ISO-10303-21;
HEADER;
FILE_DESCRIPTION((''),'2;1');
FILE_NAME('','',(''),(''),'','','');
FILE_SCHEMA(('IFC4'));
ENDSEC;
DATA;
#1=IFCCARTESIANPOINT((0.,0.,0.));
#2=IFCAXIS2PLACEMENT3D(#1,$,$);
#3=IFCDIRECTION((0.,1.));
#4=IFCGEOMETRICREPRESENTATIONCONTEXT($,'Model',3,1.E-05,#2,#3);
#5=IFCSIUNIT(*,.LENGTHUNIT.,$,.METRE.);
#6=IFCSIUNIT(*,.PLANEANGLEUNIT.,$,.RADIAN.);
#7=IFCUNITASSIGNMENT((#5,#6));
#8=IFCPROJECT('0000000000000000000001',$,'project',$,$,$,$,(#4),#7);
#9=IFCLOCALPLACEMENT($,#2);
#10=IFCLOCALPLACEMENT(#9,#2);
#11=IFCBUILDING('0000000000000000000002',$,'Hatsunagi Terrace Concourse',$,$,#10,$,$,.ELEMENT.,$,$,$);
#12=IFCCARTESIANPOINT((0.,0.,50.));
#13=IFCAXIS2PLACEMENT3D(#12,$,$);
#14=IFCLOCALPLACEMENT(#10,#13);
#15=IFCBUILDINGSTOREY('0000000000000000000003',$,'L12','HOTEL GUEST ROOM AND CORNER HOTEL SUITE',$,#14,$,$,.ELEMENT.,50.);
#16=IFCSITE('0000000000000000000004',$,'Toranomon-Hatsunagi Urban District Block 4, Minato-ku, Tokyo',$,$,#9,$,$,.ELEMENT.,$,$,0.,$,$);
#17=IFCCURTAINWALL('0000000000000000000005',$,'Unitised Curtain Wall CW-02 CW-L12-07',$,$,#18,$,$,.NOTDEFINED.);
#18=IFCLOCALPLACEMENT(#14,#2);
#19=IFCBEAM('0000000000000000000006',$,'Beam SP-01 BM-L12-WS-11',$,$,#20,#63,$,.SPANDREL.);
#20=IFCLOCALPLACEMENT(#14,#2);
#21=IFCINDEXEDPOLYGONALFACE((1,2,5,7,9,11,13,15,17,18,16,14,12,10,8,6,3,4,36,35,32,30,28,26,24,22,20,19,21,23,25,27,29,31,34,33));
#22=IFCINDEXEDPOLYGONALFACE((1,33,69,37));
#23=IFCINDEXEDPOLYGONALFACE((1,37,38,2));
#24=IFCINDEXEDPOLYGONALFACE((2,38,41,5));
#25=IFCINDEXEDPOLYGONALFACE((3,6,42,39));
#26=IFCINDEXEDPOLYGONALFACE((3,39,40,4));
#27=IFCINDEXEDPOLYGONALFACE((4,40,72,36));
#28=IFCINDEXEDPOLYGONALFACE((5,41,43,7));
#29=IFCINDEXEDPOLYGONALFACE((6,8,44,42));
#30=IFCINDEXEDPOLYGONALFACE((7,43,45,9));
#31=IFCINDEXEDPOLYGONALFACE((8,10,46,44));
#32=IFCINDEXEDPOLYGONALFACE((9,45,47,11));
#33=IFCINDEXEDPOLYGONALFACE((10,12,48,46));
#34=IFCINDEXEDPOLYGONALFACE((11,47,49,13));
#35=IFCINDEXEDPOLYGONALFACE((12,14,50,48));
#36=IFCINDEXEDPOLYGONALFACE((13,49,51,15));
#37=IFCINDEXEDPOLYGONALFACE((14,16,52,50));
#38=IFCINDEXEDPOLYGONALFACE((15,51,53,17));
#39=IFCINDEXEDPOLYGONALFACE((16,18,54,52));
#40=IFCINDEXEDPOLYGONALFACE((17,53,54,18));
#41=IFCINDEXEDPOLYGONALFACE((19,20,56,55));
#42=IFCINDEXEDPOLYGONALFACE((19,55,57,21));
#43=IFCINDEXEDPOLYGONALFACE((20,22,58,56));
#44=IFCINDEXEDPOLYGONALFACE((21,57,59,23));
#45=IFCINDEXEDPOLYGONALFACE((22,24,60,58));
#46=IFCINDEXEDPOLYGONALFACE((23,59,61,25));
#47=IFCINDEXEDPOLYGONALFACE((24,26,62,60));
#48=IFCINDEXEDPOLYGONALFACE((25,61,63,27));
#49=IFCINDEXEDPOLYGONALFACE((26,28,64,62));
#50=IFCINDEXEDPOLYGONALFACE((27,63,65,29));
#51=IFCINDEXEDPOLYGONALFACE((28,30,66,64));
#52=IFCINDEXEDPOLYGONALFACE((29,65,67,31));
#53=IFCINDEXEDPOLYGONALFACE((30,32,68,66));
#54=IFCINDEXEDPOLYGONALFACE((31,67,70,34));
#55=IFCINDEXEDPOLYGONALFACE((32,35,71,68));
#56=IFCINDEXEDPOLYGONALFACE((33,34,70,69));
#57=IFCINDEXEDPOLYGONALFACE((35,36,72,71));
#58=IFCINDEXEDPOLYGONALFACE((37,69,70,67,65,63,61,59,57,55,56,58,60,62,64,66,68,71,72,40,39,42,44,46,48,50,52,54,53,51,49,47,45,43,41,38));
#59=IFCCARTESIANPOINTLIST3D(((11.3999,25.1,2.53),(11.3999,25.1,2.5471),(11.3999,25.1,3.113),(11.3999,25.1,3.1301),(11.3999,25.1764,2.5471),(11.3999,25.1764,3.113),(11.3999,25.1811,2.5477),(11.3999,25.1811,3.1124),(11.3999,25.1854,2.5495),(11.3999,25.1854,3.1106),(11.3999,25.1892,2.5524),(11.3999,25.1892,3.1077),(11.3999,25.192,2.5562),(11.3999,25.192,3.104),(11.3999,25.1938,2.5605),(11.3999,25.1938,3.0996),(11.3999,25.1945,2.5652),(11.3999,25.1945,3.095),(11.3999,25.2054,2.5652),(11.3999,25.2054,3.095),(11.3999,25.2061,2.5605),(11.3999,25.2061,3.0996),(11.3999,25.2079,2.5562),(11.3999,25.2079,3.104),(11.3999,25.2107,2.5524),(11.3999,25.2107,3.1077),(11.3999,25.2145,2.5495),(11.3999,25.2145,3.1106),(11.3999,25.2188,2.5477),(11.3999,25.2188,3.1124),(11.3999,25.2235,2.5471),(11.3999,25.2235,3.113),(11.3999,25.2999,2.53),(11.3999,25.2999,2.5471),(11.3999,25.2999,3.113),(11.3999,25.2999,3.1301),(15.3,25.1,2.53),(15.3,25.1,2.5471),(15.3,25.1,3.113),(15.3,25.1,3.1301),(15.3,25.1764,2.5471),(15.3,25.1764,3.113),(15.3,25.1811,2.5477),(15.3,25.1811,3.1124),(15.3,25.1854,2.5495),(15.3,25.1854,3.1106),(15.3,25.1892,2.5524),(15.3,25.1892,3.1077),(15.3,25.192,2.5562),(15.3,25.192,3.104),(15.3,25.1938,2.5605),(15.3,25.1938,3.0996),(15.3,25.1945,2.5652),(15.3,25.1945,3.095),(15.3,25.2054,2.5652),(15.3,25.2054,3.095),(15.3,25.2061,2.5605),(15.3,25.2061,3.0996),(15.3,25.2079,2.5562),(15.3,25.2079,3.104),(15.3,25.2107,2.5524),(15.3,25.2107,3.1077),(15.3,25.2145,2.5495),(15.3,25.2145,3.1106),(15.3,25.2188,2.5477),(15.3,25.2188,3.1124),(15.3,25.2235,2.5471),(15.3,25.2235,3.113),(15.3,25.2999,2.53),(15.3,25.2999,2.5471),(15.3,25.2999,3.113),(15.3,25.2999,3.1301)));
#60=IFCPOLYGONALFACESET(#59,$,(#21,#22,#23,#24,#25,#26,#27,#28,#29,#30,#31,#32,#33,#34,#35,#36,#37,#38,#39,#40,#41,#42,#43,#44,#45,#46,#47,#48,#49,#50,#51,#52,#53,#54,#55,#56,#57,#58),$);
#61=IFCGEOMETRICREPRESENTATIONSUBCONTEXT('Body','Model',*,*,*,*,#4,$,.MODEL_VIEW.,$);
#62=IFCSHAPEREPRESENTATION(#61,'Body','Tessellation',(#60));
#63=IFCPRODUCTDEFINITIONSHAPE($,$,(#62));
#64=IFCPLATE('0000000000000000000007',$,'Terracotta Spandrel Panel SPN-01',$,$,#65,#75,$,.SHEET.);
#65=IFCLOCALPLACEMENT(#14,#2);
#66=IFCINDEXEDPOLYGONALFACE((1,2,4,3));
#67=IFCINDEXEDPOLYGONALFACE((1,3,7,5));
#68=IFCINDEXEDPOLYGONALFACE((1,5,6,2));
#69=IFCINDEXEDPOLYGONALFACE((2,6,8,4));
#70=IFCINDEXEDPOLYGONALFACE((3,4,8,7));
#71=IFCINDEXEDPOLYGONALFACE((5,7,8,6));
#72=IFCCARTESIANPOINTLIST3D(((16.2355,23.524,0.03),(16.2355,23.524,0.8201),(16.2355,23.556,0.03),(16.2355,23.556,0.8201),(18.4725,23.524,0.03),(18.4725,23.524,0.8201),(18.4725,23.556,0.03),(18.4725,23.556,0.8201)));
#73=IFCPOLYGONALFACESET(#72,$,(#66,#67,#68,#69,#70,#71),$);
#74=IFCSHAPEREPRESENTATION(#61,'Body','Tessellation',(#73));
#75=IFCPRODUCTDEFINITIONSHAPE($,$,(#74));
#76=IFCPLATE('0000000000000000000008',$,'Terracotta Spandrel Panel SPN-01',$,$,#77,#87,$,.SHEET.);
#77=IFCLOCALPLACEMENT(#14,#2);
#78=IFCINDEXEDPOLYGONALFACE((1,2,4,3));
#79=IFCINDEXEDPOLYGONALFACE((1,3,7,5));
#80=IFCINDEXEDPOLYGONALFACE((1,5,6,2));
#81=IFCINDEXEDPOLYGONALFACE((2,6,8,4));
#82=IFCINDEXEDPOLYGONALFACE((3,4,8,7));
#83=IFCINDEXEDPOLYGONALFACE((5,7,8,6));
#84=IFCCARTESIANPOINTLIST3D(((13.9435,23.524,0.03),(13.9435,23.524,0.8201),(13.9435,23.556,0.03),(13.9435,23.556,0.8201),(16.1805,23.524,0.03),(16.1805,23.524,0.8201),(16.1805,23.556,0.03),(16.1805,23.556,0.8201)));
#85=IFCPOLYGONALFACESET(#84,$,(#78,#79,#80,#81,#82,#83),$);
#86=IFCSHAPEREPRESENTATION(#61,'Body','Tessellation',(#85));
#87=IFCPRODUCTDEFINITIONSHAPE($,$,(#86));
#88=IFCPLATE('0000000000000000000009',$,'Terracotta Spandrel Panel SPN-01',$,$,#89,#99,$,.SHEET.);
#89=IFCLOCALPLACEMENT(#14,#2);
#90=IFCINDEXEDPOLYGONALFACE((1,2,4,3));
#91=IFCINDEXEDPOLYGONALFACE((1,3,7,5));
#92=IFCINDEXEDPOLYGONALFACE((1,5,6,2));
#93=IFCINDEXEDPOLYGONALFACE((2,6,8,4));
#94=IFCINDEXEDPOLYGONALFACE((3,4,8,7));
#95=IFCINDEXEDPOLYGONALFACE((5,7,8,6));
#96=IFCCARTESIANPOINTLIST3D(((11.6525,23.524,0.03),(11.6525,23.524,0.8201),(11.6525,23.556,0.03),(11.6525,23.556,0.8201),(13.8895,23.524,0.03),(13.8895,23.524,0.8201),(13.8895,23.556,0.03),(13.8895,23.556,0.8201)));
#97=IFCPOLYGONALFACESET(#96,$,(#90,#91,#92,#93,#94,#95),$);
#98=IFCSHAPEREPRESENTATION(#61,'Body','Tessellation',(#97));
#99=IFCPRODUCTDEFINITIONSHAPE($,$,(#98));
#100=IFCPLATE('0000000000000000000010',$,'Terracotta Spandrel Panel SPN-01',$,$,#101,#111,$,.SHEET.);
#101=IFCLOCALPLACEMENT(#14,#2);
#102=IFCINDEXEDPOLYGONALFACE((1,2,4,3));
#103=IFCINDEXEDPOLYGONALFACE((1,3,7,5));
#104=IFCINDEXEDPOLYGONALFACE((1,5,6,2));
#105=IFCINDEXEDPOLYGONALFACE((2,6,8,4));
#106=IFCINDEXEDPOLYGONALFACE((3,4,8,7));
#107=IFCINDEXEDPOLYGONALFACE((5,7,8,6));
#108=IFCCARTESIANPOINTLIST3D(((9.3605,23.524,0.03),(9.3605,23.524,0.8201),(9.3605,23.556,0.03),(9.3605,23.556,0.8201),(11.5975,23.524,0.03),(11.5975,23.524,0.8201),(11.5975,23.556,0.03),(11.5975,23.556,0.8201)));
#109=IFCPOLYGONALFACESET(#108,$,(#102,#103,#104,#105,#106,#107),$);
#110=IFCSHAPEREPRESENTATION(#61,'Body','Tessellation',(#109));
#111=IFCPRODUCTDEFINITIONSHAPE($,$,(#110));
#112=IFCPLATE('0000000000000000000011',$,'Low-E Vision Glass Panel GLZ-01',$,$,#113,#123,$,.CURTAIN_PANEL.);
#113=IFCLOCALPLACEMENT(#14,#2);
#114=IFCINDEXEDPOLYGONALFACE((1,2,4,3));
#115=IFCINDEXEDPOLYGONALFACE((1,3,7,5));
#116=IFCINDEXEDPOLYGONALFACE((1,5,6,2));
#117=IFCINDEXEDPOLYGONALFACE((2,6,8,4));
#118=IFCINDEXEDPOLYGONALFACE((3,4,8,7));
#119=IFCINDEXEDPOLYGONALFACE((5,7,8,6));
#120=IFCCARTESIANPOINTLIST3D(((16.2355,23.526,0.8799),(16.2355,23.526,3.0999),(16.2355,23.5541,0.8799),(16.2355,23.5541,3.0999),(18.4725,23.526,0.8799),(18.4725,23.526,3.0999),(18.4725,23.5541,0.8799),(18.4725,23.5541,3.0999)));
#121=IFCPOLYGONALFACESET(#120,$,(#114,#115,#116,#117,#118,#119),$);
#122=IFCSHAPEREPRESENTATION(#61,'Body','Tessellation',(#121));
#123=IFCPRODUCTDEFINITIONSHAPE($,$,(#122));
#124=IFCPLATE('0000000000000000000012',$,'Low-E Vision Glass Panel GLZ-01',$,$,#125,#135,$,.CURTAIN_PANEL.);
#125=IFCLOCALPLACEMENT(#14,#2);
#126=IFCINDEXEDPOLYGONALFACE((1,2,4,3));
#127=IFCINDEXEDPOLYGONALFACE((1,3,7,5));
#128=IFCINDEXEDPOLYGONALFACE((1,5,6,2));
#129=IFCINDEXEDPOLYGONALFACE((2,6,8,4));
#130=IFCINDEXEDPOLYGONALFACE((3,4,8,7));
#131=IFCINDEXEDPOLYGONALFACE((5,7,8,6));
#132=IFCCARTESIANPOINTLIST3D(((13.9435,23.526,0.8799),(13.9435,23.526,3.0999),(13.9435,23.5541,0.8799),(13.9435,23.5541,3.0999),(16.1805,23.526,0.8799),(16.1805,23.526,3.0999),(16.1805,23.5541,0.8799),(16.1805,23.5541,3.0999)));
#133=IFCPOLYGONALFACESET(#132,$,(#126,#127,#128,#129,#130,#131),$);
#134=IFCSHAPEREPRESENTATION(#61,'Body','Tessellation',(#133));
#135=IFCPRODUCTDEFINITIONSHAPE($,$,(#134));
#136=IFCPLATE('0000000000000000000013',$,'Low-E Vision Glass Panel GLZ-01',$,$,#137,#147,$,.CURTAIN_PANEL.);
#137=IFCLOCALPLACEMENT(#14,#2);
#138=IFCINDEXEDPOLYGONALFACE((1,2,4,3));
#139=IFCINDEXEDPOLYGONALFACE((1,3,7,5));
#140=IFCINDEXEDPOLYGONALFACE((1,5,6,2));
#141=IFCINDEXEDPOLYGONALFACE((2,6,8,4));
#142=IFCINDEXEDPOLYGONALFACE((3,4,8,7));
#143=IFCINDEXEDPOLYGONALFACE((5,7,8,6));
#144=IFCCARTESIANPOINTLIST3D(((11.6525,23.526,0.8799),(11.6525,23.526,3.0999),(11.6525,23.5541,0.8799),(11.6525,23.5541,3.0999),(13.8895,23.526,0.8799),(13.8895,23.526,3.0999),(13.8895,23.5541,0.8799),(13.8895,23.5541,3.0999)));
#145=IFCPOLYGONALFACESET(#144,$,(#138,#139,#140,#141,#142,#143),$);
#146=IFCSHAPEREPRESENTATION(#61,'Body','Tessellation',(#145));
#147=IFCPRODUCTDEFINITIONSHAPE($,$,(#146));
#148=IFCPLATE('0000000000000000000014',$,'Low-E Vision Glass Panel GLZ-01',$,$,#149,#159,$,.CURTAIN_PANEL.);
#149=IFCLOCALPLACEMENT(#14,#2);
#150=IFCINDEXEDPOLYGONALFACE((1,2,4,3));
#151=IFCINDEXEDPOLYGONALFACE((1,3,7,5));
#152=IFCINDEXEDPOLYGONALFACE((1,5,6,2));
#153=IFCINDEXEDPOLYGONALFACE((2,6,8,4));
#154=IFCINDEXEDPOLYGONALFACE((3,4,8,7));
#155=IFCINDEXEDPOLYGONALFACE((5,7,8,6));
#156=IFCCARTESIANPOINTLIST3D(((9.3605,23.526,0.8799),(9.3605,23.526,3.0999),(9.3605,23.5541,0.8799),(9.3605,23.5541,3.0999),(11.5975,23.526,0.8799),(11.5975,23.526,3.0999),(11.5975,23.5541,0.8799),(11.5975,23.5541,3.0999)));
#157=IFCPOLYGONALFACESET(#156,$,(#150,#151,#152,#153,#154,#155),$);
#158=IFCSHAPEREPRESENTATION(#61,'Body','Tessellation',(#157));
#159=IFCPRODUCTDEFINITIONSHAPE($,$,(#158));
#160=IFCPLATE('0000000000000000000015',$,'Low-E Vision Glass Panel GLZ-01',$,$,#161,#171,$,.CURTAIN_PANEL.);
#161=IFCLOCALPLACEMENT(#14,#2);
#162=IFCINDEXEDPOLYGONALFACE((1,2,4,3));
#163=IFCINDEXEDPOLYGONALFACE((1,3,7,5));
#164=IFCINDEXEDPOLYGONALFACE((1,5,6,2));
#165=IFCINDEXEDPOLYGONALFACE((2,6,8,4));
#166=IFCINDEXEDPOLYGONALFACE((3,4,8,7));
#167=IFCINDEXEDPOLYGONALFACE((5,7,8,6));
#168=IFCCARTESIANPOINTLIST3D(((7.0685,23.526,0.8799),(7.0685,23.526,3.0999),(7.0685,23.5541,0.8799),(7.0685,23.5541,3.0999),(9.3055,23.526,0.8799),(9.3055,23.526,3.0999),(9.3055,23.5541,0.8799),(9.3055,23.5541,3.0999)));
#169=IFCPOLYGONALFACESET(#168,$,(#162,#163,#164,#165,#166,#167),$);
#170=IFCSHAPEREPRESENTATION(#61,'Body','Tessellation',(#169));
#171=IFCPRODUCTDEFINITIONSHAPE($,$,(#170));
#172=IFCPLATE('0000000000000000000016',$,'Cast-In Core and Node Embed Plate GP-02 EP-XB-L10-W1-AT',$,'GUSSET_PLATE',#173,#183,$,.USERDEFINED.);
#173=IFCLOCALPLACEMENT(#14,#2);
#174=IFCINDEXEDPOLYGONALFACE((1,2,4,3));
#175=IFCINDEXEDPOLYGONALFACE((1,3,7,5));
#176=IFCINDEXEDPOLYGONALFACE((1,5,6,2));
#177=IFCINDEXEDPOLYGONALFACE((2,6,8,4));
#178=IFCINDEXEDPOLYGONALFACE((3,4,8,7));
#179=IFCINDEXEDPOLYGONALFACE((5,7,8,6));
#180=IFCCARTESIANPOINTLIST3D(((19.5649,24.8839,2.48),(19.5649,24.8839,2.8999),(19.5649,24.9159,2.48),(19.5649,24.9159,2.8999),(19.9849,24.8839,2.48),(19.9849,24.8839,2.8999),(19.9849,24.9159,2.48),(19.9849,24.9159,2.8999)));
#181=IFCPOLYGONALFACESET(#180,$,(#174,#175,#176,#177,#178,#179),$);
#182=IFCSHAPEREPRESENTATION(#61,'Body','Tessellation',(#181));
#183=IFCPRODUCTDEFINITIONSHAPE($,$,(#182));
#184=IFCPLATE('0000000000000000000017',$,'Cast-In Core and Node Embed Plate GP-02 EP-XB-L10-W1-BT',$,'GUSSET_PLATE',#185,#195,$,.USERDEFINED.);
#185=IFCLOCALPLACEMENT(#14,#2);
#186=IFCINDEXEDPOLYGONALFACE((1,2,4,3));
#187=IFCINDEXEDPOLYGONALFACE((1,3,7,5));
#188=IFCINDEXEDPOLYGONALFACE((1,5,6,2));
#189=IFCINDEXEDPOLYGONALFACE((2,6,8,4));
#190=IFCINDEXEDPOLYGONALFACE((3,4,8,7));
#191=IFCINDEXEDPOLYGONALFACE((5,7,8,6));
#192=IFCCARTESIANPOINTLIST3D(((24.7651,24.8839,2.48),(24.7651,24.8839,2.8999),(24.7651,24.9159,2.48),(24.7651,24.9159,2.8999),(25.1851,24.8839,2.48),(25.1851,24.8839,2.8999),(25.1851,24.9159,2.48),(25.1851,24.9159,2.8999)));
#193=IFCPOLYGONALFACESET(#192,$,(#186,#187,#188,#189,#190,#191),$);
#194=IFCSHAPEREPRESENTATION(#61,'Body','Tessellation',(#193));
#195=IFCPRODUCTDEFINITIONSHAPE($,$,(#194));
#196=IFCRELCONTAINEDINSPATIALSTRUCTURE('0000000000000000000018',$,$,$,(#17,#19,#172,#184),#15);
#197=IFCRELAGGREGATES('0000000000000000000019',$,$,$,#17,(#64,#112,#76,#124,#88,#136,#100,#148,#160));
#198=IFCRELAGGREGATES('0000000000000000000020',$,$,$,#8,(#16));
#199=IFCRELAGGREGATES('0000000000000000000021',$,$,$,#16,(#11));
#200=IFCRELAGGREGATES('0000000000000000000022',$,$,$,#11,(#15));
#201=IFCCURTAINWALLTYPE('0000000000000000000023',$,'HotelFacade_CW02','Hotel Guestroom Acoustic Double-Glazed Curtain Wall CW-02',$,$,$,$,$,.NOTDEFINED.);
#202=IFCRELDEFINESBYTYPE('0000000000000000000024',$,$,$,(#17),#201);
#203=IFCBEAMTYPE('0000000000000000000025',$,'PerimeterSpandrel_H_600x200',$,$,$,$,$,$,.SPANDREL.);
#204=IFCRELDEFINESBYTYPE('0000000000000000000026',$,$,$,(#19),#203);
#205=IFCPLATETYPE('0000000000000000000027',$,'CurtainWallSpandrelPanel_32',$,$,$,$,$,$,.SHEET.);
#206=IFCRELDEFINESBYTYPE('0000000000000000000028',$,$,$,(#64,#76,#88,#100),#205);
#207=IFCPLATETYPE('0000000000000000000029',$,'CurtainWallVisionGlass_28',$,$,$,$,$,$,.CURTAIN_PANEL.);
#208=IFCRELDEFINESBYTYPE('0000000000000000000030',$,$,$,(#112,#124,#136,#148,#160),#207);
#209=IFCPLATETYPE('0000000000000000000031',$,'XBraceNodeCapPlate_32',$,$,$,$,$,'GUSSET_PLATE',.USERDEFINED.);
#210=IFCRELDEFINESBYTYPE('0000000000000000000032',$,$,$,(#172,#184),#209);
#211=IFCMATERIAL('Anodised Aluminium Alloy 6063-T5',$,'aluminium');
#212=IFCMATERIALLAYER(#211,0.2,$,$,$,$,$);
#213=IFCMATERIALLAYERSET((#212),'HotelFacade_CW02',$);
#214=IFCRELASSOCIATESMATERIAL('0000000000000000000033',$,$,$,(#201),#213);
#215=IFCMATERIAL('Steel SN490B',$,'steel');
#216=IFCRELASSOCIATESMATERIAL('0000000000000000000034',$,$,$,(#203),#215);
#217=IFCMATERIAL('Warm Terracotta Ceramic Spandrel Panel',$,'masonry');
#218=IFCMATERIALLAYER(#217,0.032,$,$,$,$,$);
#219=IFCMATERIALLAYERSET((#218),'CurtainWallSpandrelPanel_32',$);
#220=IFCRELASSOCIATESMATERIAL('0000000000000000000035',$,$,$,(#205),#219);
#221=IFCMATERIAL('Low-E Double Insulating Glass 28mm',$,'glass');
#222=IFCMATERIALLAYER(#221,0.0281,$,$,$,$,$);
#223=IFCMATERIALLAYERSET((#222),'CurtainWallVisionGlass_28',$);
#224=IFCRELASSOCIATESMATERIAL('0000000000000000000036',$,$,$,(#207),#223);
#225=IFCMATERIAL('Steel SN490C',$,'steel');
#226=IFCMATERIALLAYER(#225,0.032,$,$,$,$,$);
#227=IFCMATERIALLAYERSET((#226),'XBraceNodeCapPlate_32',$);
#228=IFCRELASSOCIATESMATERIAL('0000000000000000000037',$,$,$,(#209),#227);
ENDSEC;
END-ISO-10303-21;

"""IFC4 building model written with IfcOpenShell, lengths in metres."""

from ifc_helpers import new_model, si_unit, direction, frame, origin, origin_2d, place, context, subcontext, project, spatial, rectangle, i_section, extrude, material, layer, layer_set, material_profile, profile_set, type_object, element, aggregate, save


model = new_model("IFC4")

# Units and contexts
model_context = context("Model", 3, precision=1e-05, world=origin(), true_north=direction((0.0, 1.0)))
body_context = subcontext(model_context, "Body", "Model", "MODEL_VIEW")
ifc_project = project(units=[si_unit("LENGTHUNIT", "METRE"), si_unit("PLANEANGLEUNIT", "RADIAN")], contexts=[model_context])

# Site, building, storey
site_placement = place(None, origin())
site = spatial("IfcSite", under=ifc_project, at=site_placement, Name="Toranomon-Hatsunagi Urban District Block 4, Minato-ku, Tokyo", CompositionType="ELEMENT", RefElevation=0.0)
building_placement = place(site_placement, origin())
building = spatial("IfcBuilding", under=site, at=building_placement, Name="Hatsunagi Terrace Concourse", CompositionType="ELEMENT")
storey_placement = place(building_placement, frame((0.0, 0.0, 50.0)))
storey = spatial("IfcBuildingStorey", under=building, at=storey_placement, Name="L12", Description="HOTEL GUEST ROOM AND CORNER HOTEL SUITE", CompositionType="ELEMENT", Elevation=50.0)

# Curtain wall
ifc_material_1 = material(Name="Anodised Aluminium Alloy 6063-T5", Category="aluminium")
ifc_layer_1 = layer(ifc_material_1, 0.2)
ifc_layer_set_1 = layer_set([ifc_layer_1], Name="HotelFacade_CW02")
curtain_wall_type = type_object("IfcCurtainWallType", Name="HotelFacade_CW02", Description="Hotel Guestroom Acoustic Double-Glazed Curtain Wall CW-02", PredefinedType="NOTDEFINED", material=ifc_layer_set_1)
curtain_wall_placement = place(storey_placement, origin())
curtain_wall = element("IfcCurtainWall", 1, at=curtain_wall_placement, inside=storey, type_object=curtain_wall_type, Name="Unitised Curtain Wall CW-02 CW-L12-07", PredefinedType="NOTDEFINED")

# Beam
ifc_material_2 = material(Name="Steel SN490B", Category="steel")
ifc_material_profile_1 = material_profile(ifc_material_2, i_section(OverallWidth=0.2, OverallDepth=0.6001, WebThickness=0.011, FlangeThickness=0.0171, FilletRadius=0.0181, at=origin_2d()), Name="H-600x200x11x17")
ifc_profile_set_1 = profile_set([ifc_material_profile_1], Name="Steel SN490B")
beam_type = type_object("IfcBeamType", Name="PerimeterSpandrel_H_600x200", PredefinedType="SPANDREL", material=ifc_profile_set_1)
beam_placement = place(storey_placement, frame((11.3999, 25.2, 2.8301), z_axis=(1.0, 0.0, 0.0), x_axis=(0.0, 1.0, 0.0)))
element("IfcBeam", 2, at=beam_placement, inside=storey, type_object=beam_type, Name="Beam SP-01 BM-L12-WS-11", PredefinedType="SPANDREL", context=body_context, shape_type="SweptSolid", body=[
    extrude(i_section(OverallWidth=0.2, OverallDepth=0.6001, WebThickness=0.011, FlangeThickness=0.0171, FilletRadius=0.0181, at=origin_2d()), origin(), (0.0, 0.0, 1.0), 3.9001),
])

# Plates
ifc_material_3 = material(Name="Warm Terracotta Ceramic Spandrel Panel", Category="masonry")
ifc_layer_2 = layer(ifc_material_3, 0.032)
ifc_layer_set_2 = layer_set([ifc_layer_2], Name="CurtainWallSpandrelPanel_32")
plate_type_1 = type_object("IfcPlateType", Name="CurtainWallSpandrelPanel_32", PredefinedType="SHEET", material=ifc_layer_set_2)
plate_1_placement = place(storey_placement, frame((17.354, 23.54, 0.03), z_axis=(0.0, 0.0, 1.0), x_axis=(-1.0, 0.0, 0.0)))
plate_1 = element("IfcPlate", 3, at=plate_1_placement, type_object=plate_type_1, Name="Terracotta Spandrel Panel SPN-01", PredefinedType="SHEET", context=body_context, shape_type="SweptSolid", body=[
    extrude(rectangle(XDim=2.2371, YDim=0.032, at=origin_2d()), origin(), (0.0, 0.0, 1.0), 0.79),
])
plate_2_placement = place(storey_placement, frame((15.062, 23.54, 0.03), z_axis=(0.0, 0.0, 1.0), x_axis=(-1.0, 0.0, 0.0)))
plate_2 = element("IfcPlate", 4, at=plate_2_placement, type_object=plate_type_1, Name="Terracotta Spandrel Panel SPN-01", PredefinedType="SHEET", context=body_context, shape_type="SweptSolid", body=[
    extrude(rectangle(XDim=2.2371, YDim=0.032, at=origin_2d()), origin(), (0.0, 0.0, 1.0), 0.79),
])
plate_3_placement = place(storey_placement, frame((12.771, 23.54, 0.03), z_axis=(0.0, 0.0, 1.0), x_axis=(-1.0, 0.0, 0.0)))
plate_3 = element("IfcPlate", 5, at=plate_3_placement, type_object=plate_type_1, Name="Terracotta Spandrel Panel SPN-01", PredefinedType="SHEET", context=body_context, shape_type="SweptSolid", body=[
    extrude(rectangle(XDim=2.2371, YDim=0.032, at=origin_2d()), origin(), (0.0, 0.0, 1.0), 0.79),
])
plate_4_placement = place(storey_placement, frame((10.479, 23.54, 0.03), z_axis=(0.0, 0.0, 1.0), x_axis=(-1.0, 0.0, 0.0)))
plate_4 = element("IfcPlate", 6, at=plate_4_placement, type_object=plate_type_1, Name="Terracotta Spandrel Panel SPN-01", PredefinedType="SHEET", context=body_context, shape_type="SweptSolid", body=[
    extrude(rectangle(XDim=2.2371, YDim=0.032, at=origin_2d()), origin(), (0.0, 0.0, 1.0), 0.79),
])
ifc_material_4 = material(Name="Low-E Double Insulating Glass 28mm", Category="glass")
ifc_layer_3 = layer(ifc_material_4, 0.0281)
ifc_layer_set_3 = layer_set([ifc_layer_3], Name="CurtainWallVisionGlass_28")
plate_type_2 = type_object("IfcPlateType", Name="CurtainWallVisionGlass_28", PredefinedType="CURTAIN_PANEL", material=ifc_layer_set_3)
plate_5_placement = place(storey_placement, frame((17.354, 23.54, 0.8799), z_axis=(0.0, 0.0, 1.0), x_axis=(-1.0, 0.0, 0.0)))
plate_5 = element("IfcPlate", 7, at=plate_5_placement, type_object=plate_type_2, Name="Low-E Vision Glass Panel GLZ-01", PredefinedType="CURTAIN_PANEL", context=body_context, shape_type="SweptSolid", body=[
    extrude(rectangle(XDim=2.2371, YDim=0.0281, at=origin_2d()), origin(), (0.0, 0.0, 1.0), 2.22),
])
plate_6_placement = place(storey_placement, frame((15.062, 23.54, 0.8799), z_axis=(0.0, 0.0, 1.0), x_axis=(-1.0, 0.0, 0.0)))
plate_6 = element("IfcPlate", 8, at=plate_6_placement, type_object=plate_type_2, Name="Low-E Vision Glass Panel GLZ-01", PredefinedType="CURTAIN_PANEL", context=body_context, shape_type="SweptSolid", body=[
    extrude(rectangle(XDim=2.2371, YDim=0.0281, at=origin_2d()), origin(), (0.0, 0.0, 1.0), 2.22),
])
plate_7_placement = place(storey_placement, frame((12.771, 23.54, 0.8799), z_axis=(0.0, 0.0, 1.0), x_axis=(-1.0, 0.0, 0.0)))
plate_7 = element("IfcPlate", 9, at=plate_7_placement, type_object=plate_type_2, Name="Low-E Vision Glass Panel GLZ-01", PredefinedType="CURTAIN_PANEL", context=body_context, shape_type="SweptSolid", body=[
    extrude(rectangle(XDim=2.2371, YDim=0.0281, at=origin_2d()), origin(), (0.0, 0.0, 1.0), 2.22),
])
plate_8_placement = place(storey_placement, frame((10.479, 23.54, 0.8799), z_axis=(0.0, 0.0, 1.0), x_axis=(-1.0, 0.0, 0.0)))
plate_8 = element("IfcPlate", 10, at=plate_8_placement, type_object=plate_type_2, Name="Low-E Vision Glass Panel GLZ-01", PredefinedType="CURTAIN_PANEL", context=body_context, shape_type="SweptSolid", body=[
    extrude(rectangle(XDim=2.2371, YDim=0.0281, at=origin_2d()), origin(), (0.0, 0.0, 1.0), 2.22),
])
plate_9_placement = place(storey_placement, frame((8.187, 23.54, 0.8799), z_axis=(0.0, 0.0, 1.0), x_axis=(-1.0, 0.0, 0.0)))
plate_9 = element("IfcPlate", 11, at=plate_9_placement, type_object=plate_type_2, Name="Low-E Vision Glass Panel GLZ-01", PredefinedType="CURTAIN_PANEL", context=body_context, shape_type="SweptSolid", body=[
    extrude(rectangle(XDim=2.2371, YDim=0.0281, at=origin_2d()), origin(), (0.0, 0.0, 1.0), 2.22),
])
aggregate(curtain_wall, [plate_1, plate_5, plate_2, plate_6, plate_3, plate_7, plate_4, plate_8, plate_9])

# Plates
ifc_material_5 = material(Name="Steel SN490C", Category="steel")
ifc_layer_4 = layer(ifc_material_5, 0.032)
ifc_layer_set_4 = layer_set([ifc_layer_4], Name="XBraceNodeCapPlate_32")
plate_type_3 = type_object("IfcPlateType", Name="XBraceNodeCapPlate_32", ElementType="GUSSET_PLATE", PredefinedType="USERDEFINED", material=ifc_layer_set_4)
for number, where, z_axis, x_axis, name in (
    (12, (19.7749, 24.8999, 2.48), (0.0, 0.0, 1.0), (1.0, 0.0, 0.0), "Cast-In Core and Node Embed Plate GP-02 EP-XB-L10-W1-AT"),
    (13, (24.9751, 24.8999, 2.48), (0.0, 0.0, 1.0), (1.0, 0.0, 0.0), "Cast-In Core and Node Embed Plate GP-02 EP-XB-L10-W1-BT"),
):
    element("IfcPlate", number, at=place(storey_placement, frame(where, z_axis=z_axis, x_axis=x_axis)), inside=storey, type_object=plate_type_3, Name=name, ObjectType="GUSSET_PLATE", PredefinedType="USERDEFINED", context=body_context, shape_type="SweptSolid", body=[
        extrude(rectangle(XDim=0.4199, YDim=0.032, at=origin_2d()), origin(), (0.0, 0.0, 1.0), 0.4199),
    ])

save(model, "model.ifc")
